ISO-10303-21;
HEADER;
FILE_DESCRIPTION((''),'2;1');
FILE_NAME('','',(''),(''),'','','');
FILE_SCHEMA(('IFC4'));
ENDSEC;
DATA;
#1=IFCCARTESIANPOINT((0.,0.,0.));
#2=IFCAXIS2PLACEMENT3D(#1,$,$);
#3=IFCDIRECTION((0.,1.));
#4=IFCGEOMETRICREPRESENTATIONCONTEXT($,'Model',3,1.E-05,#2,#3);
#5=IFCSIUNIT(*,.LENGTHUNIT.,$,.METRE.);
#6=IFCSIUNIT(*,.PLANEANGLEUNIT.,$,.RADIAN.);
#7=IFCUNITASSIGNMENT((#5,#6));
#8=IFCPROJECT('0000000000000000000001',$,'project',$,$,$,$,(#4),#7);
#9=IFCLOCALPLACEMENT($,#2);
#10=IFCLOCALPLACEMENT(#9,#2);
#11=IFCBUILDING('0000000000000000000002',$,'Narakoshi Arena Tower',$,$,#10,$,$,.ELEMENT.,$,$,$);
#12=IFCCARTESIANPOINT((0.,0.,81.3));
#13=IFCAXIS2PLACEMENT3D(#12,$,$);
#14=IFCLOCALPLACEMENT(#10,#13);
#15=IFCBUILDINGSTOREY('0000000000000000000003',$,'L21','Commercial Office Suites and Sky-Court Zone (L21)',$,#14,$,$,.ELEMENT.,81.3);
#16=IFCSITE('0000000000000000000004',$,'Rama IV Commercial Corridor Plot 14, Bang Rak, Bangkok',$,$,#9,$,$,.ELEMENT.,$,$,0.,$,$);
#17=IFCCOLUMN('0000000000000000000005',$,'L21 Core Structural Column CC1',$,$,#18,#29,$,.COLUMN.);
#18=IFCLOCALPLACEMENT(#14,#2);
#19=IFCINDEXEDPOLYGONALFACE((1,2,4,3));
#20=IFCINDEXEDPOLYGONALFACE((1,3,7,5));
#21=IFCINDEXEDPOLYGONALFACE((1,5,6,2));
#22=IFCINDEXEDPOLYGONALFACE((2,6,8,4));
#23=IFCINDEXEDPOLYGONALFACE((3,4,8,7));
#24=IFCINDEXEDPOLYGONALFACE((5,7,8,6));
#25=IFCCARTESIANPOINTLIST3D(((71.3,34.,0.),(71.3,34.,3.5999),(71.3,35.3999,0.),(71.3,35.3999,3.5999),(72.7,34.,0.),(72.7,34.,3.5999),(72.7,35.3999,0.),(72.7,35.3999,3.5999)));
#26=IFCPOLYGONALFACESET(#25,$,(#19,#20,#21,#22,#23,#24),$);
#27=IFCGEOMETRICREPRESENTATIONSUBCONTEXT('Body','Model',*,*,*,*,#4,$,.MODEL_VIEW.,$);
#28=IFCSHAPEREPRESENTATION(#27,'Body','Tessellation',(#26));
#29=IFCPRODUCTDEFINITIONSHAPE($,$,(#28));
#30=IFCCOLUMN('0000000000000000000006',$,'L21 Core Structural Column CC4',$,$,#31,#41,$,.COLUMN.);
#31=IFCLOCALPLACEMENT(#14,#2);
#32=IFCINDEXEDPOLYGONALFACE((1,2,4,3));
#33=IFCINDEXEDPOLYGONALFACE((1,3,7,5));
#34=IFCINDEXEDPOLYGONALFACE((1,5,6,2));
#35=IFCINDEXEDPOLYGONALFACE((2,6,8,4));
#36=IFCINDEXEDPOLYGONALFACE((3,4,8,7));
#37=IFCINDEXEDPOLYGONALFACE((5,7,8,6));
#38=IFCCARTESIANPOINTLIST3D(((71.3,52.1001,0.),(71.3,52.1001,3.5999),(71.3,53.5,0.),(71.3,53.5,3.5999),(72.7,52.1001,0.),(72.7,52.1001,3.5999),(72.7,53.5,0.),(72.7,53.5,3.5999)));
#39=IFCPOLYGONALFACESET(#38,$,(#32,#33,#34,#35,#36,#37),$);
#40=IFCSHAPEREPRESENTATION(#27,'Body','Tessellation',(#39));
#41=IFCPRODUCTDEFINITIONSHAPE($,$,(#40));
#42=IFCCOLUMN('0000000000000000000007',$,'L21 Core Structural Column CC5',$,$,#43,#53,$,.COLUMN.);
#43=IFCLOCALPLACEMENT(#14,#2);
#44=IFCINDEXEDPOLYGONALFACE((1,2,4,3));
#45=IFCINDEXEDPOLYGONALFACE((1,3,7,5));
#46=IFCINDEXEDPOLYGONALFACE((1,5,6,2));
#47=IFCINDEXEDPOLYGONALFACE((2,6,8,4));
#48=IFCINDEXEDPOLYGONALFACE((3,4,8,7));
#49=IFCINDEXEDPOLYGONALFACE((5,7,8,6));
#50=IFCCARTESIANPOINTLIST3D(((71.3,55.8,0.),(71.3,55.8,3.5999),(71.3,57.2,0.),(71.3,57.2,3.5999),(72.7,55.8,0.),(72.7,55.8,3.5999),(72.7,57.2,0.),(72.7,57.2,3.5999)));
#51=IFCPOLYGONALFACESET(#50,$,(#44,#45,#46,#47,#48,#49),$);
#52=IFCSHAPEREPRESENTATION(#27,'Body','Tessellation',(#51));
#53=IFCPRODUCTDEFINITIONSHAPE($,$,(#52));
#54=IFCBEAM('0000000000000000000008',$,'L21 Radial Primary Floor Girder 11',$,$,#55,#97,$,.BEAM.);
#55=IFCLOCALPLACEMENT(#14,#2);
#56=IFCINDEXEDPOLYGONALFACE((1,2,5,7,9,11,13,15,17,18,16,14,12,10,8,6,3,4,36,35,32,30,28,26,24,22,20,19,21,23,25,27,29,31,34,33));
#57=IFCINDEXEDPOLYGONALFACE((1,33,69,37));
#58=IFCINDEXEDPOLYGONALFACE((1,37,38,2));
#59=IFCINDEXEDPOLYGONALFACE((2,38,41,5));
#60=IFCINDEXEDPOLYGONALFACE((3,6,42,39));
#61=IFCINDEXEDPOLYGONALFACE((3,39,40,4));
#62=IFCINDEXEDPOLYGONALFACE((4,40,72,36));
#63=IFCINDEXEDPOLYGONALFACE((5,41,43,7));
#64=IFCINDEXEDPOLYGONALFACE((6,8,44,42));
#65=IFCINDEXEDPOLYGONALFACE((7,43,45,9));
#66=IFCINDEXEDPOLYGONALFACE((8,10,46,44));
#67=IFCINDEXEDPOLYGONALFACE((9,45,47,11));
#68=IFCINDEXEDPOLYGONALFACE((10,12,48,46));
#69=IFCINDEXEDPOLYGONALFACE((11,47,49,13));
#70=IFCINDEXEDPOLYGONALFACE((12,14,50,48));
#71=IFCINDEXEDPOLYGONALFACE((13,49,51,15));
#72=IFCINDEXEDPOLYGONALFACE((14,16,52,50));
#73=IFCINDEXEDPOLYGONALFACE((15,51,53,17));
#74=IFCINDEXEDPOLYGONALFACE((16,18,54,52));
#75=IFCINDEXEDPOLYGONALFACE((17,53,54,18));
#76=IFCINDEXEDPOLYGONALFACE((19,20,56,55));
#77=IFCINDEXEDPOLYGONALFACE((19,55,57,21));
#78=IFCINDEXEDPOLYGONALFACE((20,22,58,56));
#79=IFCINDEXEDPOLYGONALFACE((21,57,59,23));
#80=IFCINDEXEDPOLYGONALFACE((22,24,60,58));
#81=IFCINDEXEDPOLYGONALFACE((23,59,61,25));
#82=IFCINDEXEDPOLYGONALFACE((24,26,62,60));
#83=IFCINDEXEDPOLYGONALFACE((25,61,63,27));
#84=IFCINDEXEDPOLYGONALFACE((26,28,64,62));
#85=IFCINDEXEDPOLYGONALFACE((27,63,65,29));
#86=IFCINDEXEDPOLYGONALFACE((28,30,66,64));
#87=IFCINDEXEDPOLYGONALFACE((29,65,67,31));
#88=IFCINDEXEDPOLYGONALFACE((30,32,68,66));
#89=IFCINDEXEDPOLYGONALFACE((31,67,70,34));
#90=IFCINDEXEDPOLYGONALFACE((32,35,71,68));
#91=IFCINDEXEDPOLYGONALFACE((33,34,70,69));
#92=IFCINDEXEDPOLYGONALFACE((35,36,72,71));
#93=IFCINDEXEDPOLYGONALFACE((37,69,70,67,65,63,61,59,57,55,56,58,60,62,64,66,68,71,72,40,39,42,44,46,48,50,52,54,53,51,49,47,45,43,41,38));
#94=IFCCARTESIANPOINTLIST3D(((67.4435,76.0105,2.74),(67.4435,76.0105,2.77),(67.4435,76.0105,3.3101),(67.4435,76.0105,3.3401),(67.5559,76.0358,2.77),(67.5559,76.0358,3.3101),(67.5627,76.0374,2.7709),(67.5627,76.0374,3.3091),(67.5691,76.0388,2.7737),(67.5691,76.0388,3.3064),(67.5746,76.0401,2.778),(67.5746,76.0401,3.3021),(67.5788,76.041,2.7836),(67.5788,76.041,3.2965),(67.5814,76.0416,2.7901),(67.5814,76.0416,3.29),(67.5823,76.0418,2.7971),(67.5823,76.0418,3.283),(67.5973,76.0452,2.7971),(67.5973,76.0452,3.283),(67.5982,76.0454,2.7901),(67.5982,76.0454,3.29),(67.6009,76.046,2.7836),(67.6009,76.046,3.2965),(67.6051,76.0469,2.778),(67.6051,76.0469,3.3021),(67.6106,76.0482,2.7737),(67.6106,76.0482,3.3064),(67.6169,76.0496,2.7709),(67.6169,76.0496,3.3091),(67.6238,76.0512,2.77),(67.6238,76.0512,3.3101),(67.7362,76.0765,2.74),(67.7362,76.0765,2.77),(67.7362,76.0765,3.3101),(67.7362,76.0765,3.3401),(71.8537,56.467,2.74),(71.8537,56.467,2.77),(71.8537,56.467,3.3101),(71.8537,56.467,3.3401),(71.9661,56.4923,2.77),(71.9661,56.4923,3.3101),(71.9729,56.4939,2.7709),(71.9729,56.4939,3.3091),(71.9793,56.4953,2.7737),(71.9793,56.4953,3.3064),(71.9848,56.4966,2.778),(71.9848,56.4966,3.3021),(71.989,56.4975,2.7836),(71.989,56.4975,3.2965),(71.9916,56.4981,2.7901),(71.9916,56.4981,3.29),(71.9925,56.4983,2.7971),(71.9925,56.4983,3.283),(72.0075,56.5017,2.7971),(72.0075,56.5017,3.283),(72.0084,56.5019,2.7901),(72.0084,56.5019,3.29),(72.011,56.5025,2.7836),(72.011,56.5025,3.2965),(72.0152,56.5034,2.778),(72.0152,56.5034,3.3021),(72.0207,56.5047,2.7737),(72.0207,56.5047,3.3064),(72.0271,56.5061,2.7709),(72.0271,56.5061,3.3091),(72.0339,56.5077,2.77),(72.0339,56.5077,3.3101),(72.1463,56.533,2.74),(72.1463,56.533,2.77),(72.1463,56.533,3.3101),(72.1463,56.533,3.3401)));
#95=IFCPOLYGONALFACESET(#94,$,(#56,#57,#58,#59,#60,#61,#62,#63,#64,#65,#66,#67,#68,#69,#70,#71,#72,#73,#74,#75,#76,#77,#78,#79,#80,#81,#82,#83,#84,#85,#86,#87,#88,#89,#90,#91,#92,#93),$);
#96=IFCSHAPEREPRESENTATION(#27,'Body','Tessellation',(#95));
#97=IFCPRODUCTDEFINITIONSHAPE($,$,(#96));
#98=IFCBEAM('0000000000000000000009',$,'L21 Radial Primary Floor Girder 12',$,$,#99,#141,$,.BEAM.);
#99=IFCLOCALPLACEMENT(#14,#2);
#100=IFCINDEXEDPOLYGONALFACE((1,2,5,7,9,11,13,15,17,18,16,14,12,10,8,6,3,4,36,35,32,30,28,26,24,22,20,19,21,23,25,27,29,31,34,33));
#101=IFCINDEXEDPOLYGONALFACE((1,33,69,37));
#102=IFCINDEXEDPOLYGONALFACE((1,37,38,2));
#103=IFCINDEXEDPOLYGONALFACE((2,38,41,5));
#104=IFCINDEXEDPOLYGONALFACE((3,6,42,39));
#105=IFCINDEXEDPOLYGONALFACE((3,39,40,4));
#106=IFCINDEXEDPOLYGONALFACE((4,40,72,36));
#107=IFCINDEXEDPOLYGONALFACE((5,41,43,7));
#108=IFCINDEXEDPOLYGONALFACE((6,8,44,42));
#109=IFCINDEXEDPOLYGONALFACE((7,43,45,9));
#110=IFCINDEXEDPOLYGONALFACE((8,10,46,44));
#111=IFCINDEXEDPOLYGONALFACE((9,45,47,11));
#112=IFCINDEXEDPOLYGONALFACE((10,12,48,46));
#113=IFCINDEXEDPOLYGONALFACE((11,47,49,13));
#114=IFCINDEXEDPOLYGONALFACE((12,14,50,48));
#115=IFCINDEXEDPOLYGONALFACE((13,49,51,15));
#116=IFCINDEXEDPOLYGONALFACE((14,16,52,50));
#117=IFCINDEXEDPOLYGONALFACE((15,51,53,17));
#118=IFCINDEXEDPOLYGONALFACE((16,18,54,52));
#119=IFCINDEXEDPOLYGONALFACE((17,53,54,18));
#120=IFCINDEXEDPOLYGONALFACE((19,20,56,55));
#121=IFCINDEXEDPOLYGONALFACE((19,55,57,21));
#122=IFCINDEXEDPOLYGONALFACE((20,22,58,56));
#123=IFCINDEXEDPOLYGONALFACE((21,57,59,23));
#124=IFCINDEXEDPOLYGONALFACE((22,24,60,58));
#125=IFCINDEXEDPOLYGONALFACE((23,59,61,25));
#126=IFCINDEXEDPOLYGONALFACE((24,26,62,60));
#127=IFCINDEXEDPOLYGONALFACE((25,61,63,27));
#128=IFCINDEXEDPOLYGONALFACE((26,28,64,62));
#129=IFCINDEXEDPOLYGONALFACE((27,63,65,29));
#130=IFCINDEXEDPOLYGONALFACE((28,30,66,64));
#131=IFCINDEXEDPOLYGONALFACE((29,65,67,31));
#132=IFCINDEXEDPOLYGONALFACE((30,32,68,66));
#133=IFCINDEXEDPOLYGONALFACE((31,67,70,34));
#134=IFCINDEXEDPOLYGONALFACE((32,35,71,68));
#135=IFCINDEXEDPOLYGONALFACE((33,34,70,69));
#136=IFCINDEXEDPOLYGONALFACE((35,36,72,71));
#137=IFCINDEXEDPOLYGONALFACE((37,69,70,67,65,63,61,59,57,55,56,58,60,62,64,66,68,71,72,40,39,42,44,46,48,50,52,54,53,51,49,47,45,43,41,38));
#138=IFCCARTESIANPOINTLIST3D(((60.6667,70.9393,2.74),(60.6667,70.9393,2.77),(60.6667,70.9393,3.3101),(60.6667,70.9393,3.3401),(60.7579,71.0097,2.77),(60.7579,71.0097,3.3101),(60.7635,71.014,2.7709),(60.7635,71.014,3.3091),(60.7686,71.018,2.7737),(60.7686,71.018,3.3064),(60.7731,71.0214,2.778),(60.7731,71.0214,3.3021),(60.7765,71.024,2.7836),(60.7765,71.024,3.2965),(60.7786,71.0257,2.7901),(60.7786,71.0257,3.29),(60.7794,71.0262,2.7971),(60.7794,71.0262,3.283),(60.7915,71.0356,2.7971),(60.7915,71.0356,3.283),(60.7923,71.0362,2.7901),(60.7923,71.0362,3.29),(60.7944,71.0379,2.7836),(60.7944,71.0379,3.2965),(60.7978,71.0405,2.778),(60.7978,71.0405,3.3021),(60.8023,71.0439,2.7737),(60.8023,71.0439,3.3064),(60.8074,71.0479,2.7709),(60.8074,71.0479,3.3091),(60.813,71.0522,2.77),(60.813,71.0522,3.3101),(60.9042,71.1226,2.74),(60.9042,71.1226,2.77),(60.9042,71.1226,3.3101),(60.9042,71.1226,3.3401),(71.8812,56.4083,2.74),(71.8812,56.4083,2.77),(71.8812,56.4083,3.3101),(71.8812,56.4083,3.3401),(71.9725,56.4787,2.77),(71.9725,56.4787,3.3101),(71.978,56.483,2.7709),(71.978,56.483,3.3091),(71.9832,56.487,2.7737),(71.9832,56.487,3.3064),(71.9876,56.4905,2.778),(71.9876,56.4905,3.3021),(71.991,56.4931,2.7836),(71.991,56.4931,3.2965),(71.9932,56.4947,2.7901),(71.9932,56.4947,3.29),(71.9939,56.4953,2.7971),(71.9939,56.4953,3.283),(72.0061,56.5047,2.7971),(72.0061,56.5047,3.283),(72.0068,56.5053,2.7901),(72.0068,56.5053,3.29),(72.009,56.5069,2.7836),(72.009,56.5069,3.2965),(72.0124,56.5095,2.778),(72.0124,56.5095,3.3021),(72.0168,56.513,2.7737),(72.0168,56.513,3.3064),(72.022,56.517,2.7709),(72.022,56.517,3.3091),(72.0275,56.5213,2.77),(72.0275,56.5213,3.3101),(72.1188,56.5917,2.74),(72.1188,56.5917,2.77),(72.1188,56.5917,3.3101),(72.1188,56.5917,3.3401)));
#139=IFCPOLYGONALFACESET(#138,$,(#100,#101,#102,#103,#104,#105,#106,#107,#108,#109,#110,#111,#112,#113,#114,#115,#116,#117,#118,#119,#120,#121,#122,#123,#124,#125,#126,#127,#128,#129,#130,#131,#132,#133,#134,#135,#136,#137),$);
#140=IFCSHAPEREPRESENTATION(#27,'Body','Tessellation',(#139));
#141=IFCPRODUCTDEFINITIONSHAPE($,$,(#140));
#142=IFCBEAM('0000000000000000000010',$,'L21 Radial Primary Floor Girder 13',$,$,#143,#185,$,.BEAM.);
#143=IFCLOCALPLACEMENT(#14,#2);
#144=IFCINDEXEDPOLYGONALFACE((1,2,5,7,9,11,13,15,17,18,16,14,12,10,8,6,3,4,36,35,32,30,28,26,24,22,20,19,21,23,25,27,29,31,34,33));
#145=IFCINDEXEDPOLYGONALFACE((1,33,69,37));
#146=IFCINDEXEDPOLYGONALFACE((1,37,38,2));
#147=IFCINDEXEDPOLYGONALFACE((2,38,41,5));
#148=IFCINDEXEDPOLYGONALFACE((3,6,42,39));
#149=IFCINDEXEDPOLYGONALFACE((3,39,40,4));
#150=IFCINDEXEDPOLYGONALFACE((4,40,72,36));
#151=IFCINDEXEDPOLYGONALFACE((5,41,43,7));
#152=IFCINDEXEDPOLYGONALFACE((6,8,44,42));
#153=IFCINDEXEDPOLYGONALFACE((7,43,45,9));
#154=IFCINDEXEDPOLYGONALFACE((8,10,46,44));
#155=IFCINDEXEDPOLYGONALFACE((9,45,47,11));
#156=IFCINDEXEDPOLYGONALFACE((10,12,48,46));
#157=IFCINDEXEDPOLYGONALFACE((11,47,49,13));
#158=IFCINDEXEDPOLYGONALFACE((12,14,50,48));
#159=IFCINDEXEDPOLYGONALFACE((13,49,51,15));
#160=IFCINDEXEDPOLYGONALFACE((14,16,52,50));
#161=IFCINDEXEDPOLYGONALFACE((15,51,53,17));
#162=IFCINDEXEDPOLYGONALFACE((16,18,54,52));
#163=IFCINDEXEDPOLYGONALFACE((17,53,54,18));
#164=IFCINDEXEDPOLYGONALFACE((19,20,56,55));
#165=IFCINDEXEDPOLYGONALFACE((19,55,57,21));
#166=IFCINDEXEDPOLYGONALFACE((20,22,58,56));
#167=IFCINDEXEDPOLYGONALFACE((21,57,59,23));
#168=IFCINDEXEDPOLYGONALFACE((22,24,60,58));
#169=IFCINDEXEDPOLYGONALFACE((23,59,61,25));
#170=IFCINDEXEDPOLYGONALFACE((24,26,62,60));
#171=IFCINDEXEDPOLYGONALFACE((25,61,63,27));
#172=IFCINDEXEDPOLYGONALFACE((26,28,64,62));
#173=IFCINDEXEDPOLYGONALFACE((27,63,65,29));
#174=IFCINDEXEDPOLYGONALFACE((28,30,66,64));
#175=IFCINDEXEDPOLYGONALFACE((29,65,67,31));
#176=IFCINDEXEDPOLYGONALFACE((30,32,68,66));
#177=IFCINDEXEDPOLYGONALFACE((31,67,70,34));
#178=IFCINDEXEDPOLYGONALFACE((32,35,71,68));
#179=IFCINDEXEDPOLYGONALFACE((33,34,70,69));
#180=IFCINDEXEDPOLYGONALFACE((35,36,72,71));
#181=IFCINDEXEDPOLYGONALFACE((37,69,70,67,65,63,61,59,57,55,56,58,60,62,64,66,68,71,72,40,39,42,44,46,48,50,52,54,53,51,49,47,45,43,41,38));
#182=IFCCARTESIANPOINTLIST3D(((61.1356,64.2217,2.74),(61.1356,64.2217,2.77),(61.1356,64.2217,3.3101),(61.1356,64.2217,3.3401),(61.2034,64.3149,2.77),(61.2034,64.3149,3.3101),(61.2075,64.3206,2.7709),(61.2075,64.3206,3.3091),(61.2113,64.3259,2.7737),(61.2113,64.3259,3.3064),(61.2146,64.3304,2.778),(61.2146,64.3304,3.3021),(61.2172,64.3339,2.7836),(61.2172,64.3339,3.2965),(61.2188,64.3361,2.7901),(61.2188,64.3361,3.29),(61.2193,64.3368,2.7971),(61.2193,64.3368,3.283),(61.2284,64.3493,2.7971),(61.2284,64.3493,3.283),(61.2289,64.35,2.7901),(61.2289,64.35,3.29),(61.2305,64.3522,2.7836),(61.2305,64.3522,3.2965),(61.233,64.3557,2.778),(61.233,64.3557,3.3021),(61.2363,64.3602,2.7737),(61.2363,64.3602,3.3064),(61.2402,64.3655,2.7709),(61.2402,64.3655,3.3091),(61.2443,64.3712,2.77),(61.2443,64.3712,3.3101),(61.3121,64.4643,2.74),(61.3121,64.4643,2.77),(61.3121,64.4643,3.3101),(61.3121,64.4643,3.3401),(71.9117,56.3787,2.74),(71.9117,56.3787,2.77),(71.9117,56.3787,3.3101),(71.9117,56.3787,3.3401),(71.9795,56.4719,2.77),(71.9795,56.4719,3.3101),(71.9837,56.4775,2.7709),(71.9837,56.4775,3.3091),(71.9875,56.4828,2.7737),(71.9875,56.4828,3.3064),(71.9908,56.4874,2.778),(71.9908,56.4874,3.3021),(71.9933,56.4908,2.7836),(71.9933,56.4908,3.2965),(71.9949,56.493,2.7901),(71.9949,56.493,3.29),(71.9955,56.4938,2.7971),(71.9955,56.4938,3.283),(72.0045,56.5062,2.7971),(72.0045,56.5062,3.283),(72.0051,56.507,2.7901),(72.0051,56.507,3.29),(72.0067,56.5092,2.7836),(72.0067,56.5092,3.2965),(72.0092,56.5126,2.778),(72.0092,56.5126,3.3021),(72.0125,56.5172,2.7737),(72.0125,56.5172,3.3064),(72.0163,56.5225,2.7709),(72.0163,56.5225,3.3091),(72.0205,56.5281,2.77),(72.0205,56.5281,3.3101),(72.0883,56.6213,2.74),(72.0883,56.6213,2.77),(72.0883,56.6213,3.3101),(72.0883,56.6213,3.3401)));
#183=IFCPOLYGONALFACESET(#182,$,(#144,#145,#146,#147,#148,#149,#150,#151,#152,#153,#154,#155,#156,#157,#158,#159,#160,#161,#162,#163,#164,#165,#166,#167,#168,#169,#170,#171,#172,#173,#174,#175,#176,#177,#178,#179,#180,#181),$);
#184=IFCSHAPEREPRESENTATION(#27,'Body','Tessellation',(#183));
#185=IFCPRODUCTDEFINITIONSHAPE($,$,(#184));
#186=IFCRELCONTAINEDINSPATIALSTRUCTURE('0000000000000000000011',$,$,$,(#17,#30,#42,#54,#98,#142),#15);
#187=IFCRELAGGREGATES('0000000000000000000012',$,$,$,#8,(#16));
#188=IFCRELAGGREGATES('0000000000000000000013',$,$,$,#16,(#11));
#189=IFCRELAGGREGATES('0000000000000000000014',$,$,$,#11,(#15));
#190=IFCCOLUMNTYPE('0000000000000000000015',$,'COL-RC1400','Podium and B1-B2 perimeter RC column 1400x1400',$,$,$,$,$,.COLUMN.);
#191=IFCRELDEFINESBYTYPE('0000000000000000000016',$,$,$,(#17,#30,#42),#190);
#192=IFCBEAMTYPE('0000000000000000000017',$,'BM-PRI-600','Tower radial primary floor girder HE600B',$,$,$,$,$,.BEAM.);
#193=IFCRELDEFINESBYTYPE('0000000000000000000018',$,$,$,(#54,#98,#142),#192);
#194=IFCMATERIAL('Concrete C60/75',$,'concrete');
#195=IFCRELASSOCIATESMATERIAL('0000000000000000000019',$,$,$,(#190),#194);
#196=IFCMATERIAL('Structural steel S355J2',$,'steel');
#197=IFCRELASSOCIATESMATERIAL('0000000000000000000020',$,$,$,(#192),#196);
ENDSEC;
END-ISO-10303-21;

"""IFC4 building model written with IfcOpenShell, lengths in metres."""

from ifc_helpers import new_model, si_unit, direction, frame, origin, origin_2d, place, context, subcontext, project, spatial, rectangle, i_section, extrude, material, material_profile, profile_set, type_object, element, save


model = new_model("IFC4")

# Units and contexts
model_context = context("Model", 3, precision=1e-05, world=origin(), true_north=direction((0.0, 1.0)))
body_context = subcontext(model_context, "Body", "Model", "MODEL_VIEW")
ifc_project = project(units=[si_unit("LENGTHUNIT", "METRE"), si_unit("PLANEANGLEUNIT", "RADIAN")], contexts=[model_context])

# Site, building, storey
site_placement = place(None, origin())
site = spatial("IfcSite", under=ifc_project, at=site_placement, Name="Rama IV Commercial Corridor Plot 14, Bang Rak, Bangkok", CompositionType="ELEMENT", RefElevation=0.0)
building_placement = place(site_placement, origin())
building = spatial("IfcBuilding", under=site, at=building_placement, Name="Narakoshi Arena Tower", CompositionType="ELEMENT")
storey_placement = place(building_placement, frame((0.0, 0.0, 81.3)))
storey = spatial("IfcBuildingStorey", under=building, at=storey_placement, Name="L21", Description="Commercial Office Suites and Sky-Court Zone (L21)", CompositionType="ELEMENT", Elevation=81.3)

# Columns
ifc_material_1 = material(Name="Concrete C60/75", Category="concrete")
ifc_material_profile_1 = material_profile(ifc_material_1, rectangle(XDim=1.3999, YDim=1.3999, at=origin_2d()), Name="RC1400x1400")
ifc_profile_set_1 = profile_set([ifc_material_profile_1], Name="Concrete C60/75")
column_type = type_object("IfcColumnType", Name="COL-RC1400", Description="Podium and B1-B2 perimeter RC column 1400x1400", PredefinedType="COLUMN", material=ifc_profile_set_1)
for number, where, z_axis, x_axis, name in (
    (1, (72.0, 34.7, 0.0), (0.0, 0.0, 1.0), (1.0, 0.0, 0.0), "L21 Core Structural Column CC1"),
    (2, (72.0, 52.8, 0.0), (0.0, 0.0, 1.0), (1.0, 0.0, 0.0), "L21 Core Structural Column CC4"),
    (3, (72.0, 56.5, 0.0), (0.0, 0.0, 1.0), (1.0, 0.0, 0.0), "L21 Core Structural Column CC5"),
):
    element("IfcColumn", number, at=place(storey_placement, frame(where, z_axis=z_axis, x_axis=x_axis)), inside=storey, type_object=column_type, Name=name, PredefinedType="COLUMN", context=body_context, shape_type="SweptSolid", body=[
        extrude(rectangle(XDim=1.3999, YDim=1.3999, at=origin_2d()), origin(), (0.0, 0.0, 1.0), 3.5999),
    ])

# Beams
ifc_material_2 = material(Name="Structural steel S355J2", Category="steel")
ifc_material_profile_2 = material_profile(ifc_material_2, i_section(OverallWidth=0.3, OverallDepth=0.6001, WebThickness=0.0154, FlangeThickness=0.03, FilletRadius=0.0271, at=origin_2d()), Name="HE600B")
ifc_profile_set_2 = profile_set([ifc_material_profile_2], Name="Structural steel S355J2")
beam_type = type_object("IfcBeamType", Name="BM-PRI-600", Description="Tower radial primary floor girder HE600B", PredefinedType="BEAM", material=ifc_profile_set_2)
beam_1_placement = place(storey_placement, frame((72.0, 56.5, 3.04), z_axis=(-0.220124, 0.975472, 0.0), x_axis=(-0.975472, -0.220124, 0.0)))
element("IfcBeam", 4, at=beam_1_placement, inside=storey, type_object=beam_type, Name="L21 Radial Primary Floor Girder 11", PredefinedType="BEAM", context=body_context, shape_type="SweptSolid", body=[
    extrude(i_section(OverallWidth=0.3, OverallDepth=0.6001, WebThickness=0.0154, FlangeThickness=0.03, FilletRadius=0.0271, at=origin_2d()), origin(), (0.0, 0.0, 1.0), 20.0349),
])
beam_2_placement = place(storey_placement, frame((72.0, 56.5, 3.04), z_axis=(-0.610973, 0.791651, 0.0), x_axis=(-0.791651, -0.610973, 0.0)))
element("IfcBeam", 5, at=beam_2_placement, inside=storey, type_object=beam_type, Name="L21 Radial Primary Floor Girder 12", PredefinedType="BEAM", context=body_context, shape_type="SweptSolid", body=[
    extrude(i_section(OverallWidth=0.3, OverallDepth=0.6001, WebThickness=0.0154, FlangeThickness=0.03, FilletRadius=0.0271, at=origin_2d()), origin(), (0.0, 0.0, 1.0), 18.3552),
])
beam_3_placement = place(storey_placement, frame((72.0, 56.5, 3.04), z_axis=(-0.808528, 0.588458, 0.0), x_axis=(-0.588458, -0.808528, 0.0)))
element("IfcBeam", 6, at=beam_3_placement, inside=storey, type_object=beam_type, Name="L21 Radial Primary Floor Girder 13", PredefinedType="BEAM", context=body_context, shape_type="SweptSolid", body=[
    extrude(i_section(OverallWidth=0.3, OverallDepth=0.6001, WebThickness=0.0154, FlangeThickness=0.03, FilletRadius=0.0271, at=origin_2d()), origin(), (0.0, 0.0, 1.0), 13.3281),
])

save(model, "model.ifc")
